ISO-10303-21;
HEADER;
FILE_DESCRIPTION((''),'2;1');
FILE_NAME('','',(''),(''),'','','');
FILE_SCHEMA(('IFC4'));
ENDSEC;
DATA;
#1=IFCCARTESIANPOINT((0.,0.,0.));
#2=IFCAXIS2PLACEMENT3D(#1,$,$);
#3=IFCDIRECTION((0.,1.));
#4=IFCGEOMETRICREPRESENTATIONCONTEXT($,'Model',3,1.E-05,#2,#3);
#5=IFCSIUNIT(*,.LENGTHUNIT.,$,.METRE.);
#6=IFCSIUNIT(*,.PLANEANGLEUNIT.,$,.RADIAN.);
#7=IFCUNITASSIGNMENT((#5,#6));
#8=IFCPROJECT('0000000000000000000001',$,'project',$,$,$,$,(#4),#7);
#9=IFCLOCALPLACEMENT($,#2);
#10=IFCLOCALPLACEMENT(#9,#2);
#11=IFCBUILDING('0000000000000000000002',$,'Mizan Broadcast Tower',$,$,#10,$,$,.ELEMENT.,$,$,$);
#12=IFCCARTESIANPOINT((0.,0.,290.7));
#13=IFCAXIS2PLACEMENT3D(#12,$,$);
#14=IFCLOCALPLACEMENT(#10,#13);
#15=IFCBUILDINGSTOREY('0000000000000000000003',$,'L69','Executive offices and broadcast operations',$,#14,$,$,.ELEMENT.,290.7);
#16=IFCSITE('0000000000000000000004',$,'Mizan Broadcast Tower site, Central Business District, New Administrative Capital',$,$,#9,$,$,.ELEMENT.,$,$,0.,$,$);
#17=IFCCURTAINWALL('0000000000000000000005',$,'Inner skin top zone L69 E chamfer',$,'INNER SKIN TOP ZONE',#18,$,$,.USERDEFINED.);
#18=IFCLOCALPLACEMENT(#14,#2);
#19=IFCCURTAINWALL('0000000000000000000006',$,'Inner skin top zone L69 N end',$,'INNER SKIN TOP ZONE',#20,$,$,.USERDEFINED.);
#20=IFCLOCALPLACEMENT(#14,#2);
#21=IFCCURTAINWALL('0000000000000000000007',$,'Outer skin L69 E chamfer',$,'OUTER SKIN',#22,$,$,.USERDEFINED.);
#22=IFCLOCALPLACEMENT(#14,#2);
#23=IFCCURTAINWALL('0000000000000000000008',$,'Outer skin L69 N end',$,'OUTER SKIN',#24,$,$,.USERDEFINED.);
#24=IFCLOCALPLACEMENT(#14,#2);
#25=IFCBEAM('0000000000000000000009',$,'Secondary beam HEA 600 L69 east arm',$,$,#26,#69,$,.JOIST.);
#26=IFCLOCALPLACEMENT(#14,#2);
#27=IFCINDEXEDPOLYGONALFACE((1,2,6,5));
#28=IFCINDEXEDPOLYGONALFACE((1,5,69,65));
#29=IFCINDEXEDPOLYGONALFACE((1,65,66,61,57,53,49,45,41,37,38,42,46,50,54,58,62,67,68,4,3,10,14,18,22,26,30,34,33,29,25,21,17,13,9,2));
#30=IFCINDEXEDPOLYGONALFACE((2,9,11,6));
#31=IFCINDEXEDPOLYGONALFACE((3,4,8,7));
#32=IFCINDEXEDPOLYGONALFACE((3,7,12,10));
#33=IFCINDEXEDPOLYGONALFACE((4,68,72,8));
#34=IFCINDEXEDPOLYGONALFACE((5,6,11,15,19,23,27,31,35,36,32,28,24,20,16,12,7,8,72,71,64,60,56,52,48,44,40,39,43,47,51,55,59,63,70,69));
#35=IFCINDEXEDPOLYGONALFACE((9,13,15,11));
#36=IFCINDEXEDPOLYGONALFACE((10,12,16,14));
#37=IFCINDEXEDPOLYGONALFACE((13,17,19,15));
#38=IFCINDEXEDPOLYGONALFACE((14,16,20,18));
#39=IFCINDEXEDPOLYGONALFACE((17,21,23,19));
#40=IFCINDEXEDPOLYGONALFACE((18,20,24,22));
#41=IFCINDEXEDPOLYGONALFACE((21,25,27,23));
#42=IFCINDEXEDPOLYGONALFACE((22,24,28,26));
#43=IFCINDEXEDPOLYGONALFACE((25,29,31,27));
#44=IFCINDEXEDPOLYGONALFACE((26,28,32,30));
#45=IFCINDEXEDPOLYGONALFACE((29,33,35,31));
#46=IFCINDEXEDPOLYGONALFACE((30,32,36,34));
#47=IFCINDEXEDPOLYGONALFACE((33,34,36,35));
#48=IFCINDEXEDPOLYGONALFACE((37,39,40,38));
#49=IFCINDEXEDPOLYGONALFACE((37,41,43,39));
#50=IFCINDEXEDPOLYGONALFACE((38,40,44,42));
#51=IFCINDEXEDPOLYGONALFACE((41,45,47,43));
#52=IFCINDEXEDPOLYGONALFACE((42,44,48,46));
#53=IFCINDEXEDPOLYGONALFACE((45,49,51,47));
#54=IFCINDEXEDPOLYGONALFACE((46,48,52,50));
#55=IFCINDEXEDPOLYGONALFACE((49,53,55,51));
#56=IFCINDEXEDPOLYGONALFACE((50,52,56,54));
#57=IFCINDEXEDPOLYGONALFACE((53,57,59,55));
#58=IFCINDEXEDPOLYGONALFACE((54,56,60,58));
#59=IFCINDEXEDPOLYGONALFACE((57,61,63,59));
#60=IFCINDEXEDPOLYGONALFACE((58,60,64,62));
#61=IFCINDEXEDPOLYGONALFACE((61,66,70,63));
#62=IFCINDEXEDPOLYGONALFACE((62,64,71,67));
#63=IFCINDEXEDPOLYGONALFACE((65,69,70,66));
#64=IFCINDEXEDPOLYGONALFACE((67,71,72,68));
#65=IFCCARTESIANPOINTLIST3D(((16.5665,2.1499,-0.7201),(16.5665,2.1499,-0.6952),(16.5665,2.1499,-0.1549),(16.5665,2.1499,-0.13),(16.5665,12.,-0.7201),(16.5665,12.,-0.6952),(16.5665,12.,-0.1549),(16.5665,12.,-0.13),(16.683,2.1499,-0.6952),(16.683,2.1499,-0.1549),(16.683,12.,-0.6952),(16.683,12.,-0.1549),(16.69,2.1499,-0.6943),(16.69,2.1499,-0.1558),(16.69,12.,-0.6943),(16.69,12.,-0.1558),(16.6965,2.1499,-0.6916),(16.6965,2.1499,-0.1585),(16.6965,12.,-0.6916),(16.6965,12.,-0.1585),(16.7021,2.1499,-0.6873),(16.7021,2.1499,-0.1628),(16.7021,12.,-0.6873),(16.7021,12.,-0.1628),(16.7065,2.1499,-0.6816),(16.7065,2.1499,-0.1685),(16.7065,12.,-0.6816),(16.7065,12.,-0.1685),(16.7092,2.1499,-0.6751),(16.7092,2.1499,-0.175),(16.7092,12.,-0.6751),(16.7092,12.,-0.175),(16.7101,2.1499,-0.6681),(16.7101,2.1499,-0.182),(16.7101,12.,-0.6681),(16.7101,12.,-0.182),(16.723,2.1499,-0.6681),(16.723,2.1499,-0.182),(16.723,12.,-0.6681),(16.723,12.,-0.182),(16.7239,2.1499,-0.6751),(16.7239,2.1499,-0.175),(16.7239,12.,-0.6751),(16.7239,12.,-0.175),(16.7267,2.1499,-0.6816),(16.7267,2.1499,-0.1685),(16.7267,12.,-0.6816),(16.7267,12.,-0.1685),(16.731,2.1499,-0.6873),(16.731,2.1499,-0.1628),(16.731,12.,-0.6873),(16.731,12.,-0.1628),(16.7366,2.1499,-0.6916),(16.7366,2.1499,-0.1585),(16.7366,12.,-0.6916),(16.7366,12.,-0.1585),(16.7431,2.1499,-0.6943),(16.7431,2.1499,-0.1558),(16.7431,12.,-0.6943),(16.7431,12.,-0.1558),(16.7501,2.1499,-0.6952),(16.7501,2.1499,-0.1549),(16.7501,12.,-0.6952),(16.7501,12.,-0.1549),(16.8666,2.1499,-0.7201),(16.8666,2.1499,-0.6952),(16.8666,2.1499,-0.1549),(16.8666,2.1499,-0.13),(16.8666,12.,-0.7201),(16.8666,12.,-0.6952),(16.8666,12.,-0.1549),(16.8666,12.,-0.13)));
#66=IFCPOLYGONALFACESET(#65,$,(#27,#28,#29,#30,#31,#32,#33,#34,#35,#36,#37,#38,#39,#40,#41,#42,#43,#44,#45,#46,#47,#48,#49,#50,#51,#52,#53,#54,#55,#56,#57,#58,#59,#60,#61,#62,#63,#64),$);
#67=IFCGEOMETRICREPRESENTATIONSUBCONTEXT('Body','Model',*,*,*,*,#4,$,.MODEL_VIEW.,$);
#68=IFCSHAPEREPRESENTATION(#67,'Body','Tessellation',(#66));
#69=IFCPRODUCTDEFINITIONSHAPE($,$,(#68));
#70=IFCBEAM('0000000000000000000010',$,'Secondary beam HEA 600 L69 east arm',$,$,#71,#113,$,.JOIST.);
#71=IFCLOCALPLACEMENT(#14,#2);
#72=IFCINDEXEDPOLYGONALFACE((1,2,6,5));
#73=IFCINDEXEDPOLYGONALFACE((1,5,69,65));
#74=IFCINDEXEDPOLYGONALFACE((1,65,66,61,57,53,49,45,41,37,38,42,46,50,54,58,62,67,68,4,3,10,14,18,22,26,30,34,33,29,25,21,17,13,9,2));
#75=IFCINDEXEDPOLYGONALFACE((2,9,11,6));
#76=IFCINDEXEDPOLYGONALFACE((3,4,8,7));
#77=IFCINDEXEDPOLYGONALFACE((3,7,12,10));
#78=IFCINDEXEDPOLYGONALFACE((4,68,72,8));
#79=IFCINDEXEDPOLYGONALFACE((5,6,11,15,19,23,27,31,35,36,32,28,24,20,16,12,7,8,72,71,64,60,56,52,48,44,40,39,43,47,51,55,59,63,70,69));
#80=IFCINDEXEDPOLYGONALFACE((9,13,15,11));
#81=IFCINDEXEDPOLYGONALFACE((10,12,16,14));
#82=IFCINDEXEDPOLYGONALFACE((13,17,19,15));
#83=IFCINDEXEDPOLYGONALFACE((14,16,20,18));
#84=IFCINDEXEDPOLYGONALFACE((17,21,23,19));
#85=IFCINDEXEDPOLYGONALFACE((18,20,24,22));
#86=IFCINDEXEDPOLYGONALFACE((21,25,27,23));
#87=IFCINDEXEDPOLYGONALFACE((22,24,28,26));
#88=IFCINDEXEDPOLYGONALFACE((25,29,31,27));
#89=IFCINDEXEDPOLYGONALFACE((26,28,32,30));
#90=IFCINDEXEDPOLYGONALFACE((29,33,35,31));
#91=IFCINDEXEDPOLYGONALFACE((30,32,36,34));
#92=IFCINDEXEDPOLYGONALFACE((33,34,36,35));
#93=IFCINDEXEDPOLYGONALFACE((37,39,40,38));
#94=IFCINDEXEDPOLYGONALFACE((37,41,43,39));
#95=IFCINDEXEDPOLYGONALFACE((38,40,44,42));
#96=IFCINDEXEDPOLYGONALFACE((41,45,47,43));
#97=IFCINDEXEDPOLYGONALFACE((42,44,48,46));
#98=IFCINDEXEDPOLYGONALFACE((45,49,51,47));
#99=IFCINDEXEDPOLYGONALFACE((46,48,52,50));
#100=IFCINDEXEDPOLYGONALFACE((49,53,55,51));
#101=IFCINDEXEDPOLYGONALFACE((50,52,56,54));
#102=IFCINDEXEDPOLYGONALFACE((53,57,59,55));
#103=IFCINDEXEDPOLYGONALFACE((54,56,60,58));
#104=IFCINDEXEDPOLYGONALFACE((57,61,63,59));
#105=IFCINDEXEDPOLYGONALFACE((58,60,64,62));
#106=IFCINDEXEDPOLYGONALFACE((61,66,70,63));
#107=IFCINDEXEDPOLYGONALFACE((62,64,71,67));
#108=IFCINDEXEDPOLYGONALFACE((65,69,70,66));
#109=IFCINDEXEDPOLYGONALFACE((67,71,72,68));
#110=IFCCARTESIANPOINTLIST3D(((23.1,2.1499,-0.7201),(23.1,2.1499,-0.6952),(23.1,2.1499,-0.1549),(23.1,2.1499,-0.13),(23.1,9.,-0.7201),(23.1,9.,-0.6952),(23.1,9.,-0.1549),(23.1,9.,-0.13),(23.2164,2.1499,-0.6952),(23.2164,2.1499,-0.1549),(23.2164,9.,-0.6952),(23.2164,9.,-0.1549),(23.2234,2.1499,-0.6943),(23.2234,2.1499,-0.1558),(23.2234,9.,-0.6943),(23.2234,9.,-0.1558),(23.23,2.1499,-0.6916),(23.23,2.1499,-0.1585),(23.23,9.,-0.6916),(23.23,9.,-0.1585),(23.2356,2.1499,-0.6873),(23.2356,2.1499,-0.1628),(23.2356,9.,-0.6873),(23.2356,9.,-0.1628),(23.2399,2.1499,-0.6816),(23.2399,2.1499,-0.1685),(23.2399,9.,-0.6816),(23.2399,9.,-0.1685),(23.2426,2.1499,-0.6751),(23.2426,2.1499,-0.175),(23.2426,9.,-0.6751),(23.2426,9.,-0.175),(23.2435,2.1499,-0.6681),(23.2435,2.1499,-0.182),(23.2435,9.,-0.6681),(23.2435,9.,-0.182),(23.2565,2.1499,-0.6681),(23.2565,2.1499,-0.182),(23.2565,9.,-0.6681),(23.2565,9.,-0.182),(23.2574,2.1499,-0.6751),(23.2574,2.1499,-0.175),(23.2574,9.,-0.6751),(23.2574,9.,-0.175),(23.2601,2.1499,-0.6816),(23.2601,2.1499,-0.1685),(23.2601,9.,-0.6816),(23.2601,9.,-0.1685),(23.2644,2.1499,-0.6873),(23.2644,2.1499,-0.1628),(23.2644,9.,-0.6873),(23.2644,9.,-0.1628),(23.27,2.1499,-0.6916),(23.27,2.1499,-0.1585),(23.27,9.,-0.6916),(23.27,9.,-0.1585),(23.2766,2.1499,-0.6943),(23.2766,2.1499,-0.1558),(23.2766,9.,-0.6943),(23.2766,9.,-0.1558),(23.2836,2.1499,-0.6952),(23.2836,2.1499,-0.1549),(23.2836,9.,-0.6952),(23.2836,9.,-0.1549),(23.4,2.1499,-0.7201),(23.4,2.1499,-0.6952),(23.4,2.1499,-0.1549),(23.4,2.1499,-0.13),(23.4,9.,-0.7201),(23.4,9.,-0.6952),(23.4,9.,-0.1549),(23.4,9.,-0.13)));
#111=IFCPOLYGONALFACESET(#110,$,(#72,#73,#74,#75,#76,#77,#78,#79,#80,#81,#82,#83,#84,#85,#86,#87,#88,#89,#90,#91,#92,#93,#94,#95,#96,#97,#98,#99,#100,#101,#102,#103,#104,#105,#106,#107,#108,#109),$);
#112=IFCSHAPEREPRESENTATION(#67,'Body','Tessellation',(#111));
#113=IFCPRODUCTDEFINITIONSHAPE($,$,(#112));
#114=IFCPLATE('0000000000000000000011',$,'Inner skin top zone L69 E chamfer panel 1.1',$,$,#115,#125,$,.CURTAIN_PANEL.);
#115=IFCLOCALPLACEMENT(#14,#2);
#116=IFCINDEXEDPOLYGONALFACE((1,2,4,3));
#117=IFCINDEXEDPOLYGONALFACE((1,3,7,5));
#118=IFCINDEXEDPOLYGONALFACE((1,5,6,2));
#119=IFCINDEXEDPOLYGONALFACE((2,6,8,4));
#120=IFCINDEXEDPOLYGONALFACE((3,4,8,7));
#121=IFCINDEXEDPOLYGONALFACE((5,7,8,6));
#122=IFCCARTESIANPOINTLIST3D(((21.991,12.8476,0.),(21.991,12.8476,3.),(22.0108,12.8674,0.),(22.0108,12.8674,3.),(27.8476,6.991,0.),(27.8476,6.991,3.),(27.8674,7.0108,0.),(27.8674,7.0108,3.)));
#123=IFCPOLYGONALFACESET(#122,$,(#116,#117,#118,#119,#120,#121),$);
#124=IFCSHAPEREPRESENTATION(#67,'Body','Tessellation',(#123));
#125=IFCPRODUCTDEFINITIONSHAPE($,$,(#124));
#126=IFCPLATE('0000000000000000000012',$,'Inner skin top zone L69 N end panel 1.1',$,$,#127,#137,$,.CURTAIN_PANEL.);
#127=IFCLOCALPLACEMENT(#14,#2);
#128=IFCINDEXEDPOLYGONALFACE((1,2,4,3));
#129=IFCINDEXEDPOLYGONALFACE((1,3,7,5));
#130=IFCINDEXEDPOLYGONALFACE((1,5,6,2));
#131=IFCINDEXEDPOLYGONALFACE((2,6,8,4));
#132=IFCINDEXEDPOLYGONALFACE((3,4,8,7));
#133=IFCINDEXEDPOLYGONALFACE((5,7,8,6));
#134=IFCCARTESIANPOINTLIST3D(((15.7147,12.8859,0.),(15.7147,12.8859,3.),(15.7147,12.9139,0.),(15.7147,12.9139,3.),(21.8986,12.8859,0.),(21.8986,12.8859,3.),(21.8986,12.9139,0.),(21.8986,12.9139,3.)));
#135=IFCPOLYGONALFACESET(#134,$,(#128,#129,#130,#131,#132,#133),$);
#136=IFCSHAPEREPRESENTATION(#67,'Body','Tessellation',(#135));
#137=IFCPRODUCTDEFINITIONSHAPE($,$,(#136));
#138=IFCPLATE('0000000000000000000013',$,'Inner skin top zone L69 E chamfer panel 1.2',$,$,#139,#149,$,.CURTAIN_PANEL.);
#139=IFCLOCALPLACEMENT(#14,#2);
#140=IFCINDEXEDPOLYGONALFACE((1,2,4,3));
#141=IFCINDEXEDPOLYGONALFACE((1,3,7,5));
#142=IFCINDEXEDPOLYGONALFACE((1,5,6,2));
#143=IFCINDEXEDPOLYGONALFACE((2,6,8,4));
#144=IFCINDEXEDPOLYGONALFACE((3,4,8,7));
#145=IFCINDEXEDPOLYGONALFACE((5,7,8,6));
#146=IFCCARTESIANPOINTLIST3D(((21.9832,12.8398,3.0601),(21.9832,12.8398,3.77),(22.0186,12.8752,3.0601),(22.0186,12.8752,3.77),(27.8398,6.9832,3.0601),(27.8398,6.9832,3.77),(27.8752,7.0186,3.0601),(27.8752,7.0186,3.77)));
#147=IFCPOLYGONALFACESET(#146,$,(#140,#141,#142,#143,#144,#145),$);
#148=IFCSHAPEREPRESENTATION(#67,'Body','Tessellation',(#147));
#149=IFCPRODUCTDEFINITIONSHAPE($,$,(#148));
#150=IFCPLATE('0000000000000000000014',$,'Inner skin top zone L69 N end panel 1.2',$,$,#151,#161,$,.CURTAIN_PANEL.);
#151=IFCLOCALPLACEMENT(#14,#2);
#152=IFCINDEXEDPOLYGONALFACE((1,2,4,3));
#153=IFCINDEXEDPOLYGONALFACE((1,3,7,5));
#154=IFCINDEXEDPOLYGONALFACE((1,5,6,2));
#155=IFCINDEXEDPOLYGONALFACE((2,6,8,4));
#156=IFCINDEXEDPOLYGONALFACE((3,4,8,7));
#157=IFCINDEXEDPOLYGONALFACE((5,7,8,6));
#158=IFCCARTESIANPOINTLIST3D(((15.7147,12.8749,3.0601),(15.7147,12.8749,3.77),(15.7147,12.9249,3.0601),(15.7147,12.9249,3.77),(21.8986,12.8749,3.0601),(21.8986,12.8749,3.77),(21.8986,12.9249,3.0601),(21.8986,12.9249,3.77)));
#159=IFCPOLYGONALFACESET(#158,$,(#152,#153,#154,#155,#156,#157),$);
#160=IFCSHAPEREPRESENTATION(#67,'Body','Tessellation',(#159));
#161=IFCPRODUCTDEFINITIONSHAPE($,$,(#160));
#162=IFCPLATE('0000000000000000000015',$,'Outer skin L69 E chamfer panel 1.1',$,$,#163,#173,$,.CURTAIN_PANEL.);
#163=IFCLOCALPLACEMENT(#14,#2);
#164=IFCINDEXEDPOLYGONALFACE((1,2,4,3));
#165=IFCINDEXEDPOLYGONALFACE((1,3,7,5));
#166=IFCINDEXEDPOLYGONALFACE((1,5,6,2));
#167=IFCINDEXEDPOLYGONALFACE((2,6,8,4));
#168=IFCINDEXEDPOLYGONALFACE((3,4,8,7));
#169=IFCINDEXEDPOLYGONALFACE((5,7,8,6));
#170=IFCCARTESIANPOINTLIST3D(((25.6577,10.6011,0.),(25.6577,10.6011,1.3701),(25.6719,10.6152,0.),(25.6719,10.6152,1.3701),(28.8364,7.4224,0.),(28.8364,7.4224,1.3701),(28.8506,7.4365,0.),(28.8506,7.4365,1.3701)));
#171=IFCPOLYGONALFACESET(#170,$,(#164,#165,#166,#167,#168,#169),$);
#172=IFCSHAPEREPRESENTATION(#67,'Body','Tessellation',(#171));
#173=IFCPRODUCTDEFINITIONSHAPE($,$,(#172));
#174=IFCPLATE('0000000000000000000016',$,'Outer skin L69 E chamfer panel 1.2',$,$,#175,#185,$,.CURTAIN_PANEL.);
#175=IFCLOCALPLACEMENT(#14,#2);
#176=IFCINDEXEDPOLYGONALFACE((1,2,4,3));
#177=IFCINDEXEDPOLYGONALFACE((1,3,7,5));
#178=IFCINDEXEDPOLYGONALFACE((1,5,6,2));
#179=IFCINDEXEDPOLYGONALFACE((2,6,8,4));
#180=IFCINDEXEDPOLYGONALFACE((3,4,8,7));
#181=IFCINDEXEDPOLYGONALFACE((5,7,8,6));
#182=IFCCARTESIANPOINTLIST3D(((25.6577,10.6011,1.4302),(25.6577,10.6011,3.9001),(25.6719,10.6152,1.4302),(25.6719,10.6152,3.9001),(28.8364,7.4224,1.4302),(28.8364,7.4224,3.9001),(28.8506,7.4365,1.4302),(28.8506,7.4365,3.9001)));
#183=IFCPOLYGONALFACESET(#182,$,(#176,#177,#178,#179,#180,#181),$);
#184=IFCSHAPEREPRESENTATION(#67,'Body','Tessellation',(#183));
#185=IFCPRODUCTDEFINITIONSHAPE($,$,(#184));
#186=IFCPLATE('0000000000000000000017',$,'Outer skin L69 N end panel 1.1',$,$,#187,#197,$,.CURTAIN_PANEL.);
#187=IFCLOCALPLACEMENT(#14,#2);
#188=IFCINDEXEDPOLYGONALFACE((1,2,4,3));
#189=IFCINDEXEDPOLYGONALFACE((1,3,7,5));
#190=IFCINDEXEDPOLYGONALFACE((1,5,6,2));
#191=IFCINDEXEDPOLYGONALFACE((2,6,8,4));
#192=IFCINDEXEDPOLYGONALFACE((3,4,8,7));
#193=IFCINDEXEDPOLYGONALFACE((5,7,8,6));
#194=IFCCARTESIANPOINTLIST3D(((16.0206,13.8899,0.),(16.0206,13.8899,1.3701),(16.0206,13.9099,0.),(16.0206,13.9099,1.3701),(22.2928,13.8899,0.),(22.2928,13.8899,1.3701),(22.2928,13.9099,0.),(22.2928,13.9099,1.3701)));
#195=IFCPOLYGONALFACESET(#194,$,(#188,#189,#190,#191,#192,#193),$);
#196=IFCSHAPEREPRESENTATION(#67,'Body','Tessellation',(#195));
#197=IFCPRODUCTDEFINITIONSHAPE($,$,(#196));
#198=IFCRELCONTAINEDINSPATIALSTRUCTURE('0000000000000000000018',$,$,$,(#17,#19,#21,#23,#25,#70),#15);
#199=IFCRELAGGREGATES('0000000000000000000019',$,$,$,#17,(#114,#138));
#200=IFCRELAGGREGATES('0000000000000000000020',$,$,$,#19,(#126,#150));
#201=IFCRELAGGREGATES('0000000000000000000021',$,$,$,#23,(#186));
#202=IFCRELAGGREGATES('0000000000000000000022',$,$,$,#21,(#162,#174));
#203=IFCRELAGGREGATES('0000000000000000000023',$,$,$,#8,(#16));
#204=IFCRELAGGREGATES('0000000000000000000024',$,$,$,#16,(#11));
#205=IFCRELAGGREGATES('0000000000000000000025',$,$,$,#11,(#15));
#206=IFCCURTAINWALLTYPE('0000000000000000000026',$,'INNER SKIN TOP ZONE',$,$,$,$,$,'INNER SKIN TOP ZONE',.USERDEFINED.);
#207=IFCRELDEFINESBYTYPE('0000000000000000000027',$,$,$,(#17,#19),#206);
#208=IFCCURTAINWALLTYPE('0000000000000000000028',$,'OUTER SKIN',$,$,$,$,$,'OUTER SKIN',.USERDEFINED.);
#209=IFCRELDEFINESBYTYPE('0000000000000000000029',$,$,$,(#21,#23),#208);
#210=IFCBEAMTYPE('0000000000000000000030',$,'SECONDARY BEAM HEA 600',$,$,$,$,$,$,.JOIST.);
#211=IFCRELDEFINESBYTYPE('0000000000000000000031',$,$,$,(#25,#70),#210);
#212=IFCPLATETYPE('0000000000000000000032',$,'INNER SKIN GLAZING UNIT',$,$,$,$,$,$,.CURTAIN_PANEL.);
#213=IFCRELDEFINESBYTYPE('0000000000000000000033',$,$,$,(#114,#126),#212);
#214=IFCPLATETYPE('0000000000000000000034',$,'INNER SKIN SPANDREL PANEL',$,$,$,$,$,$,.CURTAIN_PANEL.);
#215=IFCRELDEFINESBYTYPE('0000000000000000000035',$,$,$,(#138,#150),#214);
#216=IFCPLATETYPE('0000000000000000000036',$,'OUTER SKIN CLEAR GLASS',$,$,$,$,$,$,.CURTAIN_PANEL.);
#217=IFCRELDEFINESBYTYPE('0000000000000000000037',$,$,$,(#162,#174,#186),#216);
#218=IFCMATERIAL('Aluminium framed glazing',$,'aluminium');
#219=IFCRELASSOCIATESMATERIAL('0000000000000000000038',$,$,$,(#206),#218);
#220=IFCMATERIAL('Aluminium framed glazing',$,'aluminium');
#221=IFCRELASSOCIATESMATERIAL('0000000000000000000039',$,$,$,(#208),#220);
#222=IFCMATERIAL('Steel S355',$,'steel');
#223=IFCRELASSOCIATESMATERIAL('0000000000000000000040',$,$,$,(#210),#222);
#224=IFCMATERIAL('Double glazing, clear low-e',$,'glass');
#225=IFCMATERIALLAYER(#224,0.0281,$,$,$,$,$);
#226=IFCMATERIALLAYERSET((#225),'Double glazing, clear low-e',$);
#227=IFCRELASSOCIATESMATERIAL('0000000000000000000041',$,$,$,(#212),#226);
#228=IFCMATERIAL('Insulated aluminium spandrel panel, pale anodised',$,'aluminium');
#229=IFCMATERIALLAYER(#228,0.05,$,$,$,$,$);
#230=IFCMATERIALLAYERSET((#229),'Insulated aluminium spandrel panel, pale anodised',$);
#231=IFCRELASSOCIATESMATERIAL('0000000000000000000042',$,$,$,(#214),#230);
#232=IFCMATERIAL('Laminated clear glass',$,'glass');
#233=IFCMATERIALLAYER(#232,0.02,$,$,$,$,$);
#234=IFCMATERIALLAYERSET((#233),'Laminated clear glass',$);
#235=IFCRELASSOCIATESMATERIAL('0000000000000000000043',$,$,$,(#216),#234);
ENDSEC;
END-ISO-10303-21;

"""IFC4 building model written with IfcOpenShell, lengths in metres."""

from ifc_helpers import new_model, si_unit, direction, frame, origin, origin_2d, place, context, subcontext, project, spatial, rectangle, i_section, extrude, material, layer, layer_set, material_profile, profile_set, type_object, element, aggregate, save


model = new_model("IFC4")

# Units and contexts
model_context = context("Model", 3, precision=1e-05, world=origin(), true_north=direction((0.0, 1.0)))
body_context = subcontext(model_context, "Body", "Model", "MODEL_VIEW")
ifc_project = project(units=[si_unit("LENGTHUNIT", "METRE"), si_unit("PLANEANGLEUNIT", "RADIAN")], contexts=[model_context])

# Site, building, storey
site_placement = place(None, origin())
site = spatial("IfcSite", under=ifc_project, at=site_placement, Name="Mizan Broadcast Tower site, Central Business District, New Administrative Capital", CompositionType="ELEMENT", RefElevation=0.0)
building_placement = place(site_placement, origin())
building = spatial("IfcBuilding", under=site, at=building_placement, Name="Mizan Broadcast Tower", CompositionType="ELEMENT")
storey_placement = place(building_placement, frame((0.0, 0.0, 290.7)))
storey = spatial("IfcBuildingStorey", under=building, at=storey_placement, Name="L69", Description="Executive offices and broadcast operations", CompositionType="ELEMENT", Elevation=290.7)

# Curtain wall
ifc_material_1 = material(Name="Aluminium framed glazing", Category="aluminium")
curtain_wall_type_1 = type_object("IfcCurtainWallType", Name="INNER SKIN TOP ZONE", ElementType="INNER SKIN TOP ZONE", PredefinedType="USERDEFINED", material=ifc_material_1)
curtain_wall_1_placement = place(storey_placement, origin())
curtain_wall_1 = element("IfcCurtainWall", 1, at=curtain_wall_1_placement, inside=storey, type_object=curtain_wall_type_1, Name="Inner skin top zone L69 E chamfer", ObjectType="INNER SKIN TOP ZONE", PredefinedType="USERDEFINED")

# Curtain walls
curtain_wall_2_placement = place(storey_placement, origin())
curtain_wall_2 = element("IfcCurtainWall", 2, at=curtain_wall_2_placement, inside=storey, type_object=curtain_wall_type_1, Name="Inner skin top zone L69 N end", ObjectType="INNER SKIN TOP ZONE", PredefinedType="USERDEFINED")
ifc_material_2 = material(Name="Aluminium framed glazing", Category="aluminium")
curtain_wall_type_2 = type_object("IfcCurtainWallType", Name="OUTER SKIN", ElementType="OUTER SKIN", PredefinedType="USERDEFINED", material=ifc_material_2)
curtain_wall_3_placement = place(storey_placement, origin())
curtain_wall_3 = element("IfcCurtainWall", 3, at=curtain_wall_3_placement, inside=storey, type_object=curtain_wall_type_2, Name="Outer skin L69 E chamfer", ObjectType="OUTER SKIN", PredefinedType="USERDEFINED")

# Curtain wall
curtain_wall_4_placement = place(storey_placement, origin())
curtain_wall_4 = element("IfcCurtainWall", 4, at=curtain_wall_4_placement, inside=storey, type_object=curtain_wall_type_2, Name="Outer skin L69 N end", ObjectType="OUTER SKIN", PredefinedType="USERDEFINED")

# Beams
ifc_material_3 = material(Name="Steel S355", Category="steel")
ifc_material_profile_1 = material_profile(ifc_material_3, i_section(OverallWidth=0.3, OverallDepth=0.5901, WebThickness=0.0129, FlangeThickness=0.0249, FilletRadius=0.0271, at=origin_2d()), Name="HEA 600")
ifc_profile_set_1 = profile_set([ifc_material_profile_1], Name="Steel S355")
beam_type_1 = type_object("IfcBeamType", Name="SECONDARY BEAM HEA 600", PredefinedType="JOIST", material=ifc_profile_set_1)
beam_1_placement = place(storey_placement, frame((16.7166, 12.0, -0.425), z_axis=(0.0, -1.0, 0.0), x_axis=(1.0, 0.0, 0.0)))
element("IfcBeam", 5, at=beam_1_placement, inside=storey, type_object=beam_type_1, Name="Secondary beam HEA 600 L69 east arm", PredefinedType="JOIST", context=body_context, shape_type="SweptSolid", body=[
    extrude(i_section(OverallWidth=0.3, OverallDepth=0.5901, WebThickness=0.0129, FlangeThickness=0.0249, FilletRadius=0.0271, at=origin_2d()), origin(), (0.0, 0.0, 1.0), 9.8501),
])
beam_2_placement = place(storey_placement, frame((23.25, 9.0, -0.425), z_axis=(0.0, -1.0, 0.0), x_axis=(1.0, 0.0, 0.0)))
element("IfcBeam", 6, at=beam_2_placement, inside=storey, type_object=beam_type_1, Name="Secondary beam HEA 600 L69 east arm", PredefinedType="JOIST", context=body_context, shape_type="SweptSolid", body=[
    extrude(i_section(OverallWidth=0.3, OverallDepth=0.5901, WebThickness=0.0129, FlangeThickness=0.0249, FilletRadius=0.0271, at=origin_2d()), origin(), (0.0, 0.0, 1.0), 6.8501),
])

# Plates
ifc_material_4 = material(Name="Double glazing, clear low-e", Category="glass")
ifc_layer_1 = layer(ifc_material_4, 0.0281)
ifc_layer_set_1 = layer_set([ifc_layer_1], Name="Double glazing, clear low-e")
plate_type_1 = type_object("IfcPlateType", Name="INNER SKIN GLAZING UNIT", PredefinedType="CURTAIN_PANEL", material=ifc_layer_set_1)
plate_1_placement = place(storey_placement, frame((24.9292, 9.9292, 0.0), z_axis=(0.0, 0.0, 1.0), x_axis=(-0.707107, 0.707107, 0.0)))
plate_1 = element("IfcPlate", 7, at=plate_1_placement, type_object=plate_type_1, Name="Inner skin top zone L69 E chamfer panel 1.1", PredefinedType="CURTAIN_PANEL", context=body_context, shape_type="SweptSolid", body=[
    extrude(rectangle(XDim=8.2825, YDim=0.0281, at=origin_2d()), origin(), (0.0, 0.0, 1.0), 3.0),
])
plate_2_placement = place(storey_placement, frame((18.8066, 12.8999, 0.0), z_axis=(0.0, 0.0, 1.0), x_axis=(-1.0, 0.0, 0.0)))
plate_2 = element("IfcPlate", 8, at=plate_2_placement, type_object=plate_type_1, Name="Inner skin top zone L69 N end panel 1.1", PredefinedType="CURTAIN_PANEL", context=body_context, shape_type="SweptSolid", body=[
    extrude(rectangle(XDim=6.1838, YDim=0.0281, at=origin_2d()), origin(), (0.0, 0.0, 1.0), 3.0),
])
ifc_material_5 = material(Name="Insulated aluminium spandrel panel, pale anodised", Category="aluminium")
ifc_layer_2 = layer(ifc_material_5, 0.05)
ifc_layer_set_2 = layer_set([ifc_layer_2], Name="Insulated aluminium spandrel panel, pale anodised")
plate_type_2 = type_object("IfcPlateType", Name="INNER SKIN SPANDREL PANEL", PredefinedType="CURTAIN_PANEL", material=ifc_layer_set_2)
plate_3_placement = place(storey_placement, frame((24.9292, 9.9292, 3.0601), z_axis=(0.0, 0.0, 1.0), x_axis=(-0.707107, 0.707107, 0.0)))
plate_3 = element("IfcPlate", 9, at=plate_3_placement, type_object=plate_type_2, Name="Inner skin top zone L69 E chamfer panel 1.2", PredefinedType="CURTAIN_PANEL", context=body_context, shape_type="SweptSolid", body=[
    extrude(rectangle(XDim=8.2825, YDim=0.05, at=origin_2d()), origin(), (0.0, 0.0, 1.0), 0.71),
])
aggregate(curtain_wall_1, [plate_1, plate_3])
plate_4_placement = place(storey_placement, frame((18.8066, 12.8999, 3.0601), z_axis=(0.0, 0.0, 1.0), x_axis=(-1.0, 0.0, 0.0)))
plate_4 = element("IfcPlate", 10, at=plate_4_placement, type_object=plate_type_2, Name="Inner skin top zone L69 N end panel 1.2", PredefinedType="CURTAIN_PANEL", context=body_context, shape_type="SweptSolid", body=[
    extrude(rectangle(XDim=6.1838, YDim=0.05, at=origin_2d()), origin(), (0.0, 0.0, 1.0), 0.71),
])
aggregate(curtain_wall_2, [plate_2, plate_4])
ifc_material_6 = material(Name="Laminated clear glass", Category="glass")
ifc_layer_3 = layer(ifc_material_6, 0.02)
ifc_layer_set_3 = layer_set([ifc_layer_3], Name="Laminated clear glass")
plate_type_3 = type_object("IfcPlateType", Name="OUTER SKIN CLEAR GLASS", PredefinedType="CURTAIN_PANEL", material=ifc_layer_set_3)
plate_5_placement = place(storey_placement, frame((27.2542, 9.0188, 0.0), z_axis=(0.0, 0.0, 1.0), x_axis=(-0.707107, 0.707107, 0.0)))
plate_5 = element("IfcPlate", 11, at=plate_5_placement, type_object=plate_type_3, Name="Outer skin L69 E chamfer panel 1.1", PredefinedType="CURTAIN_PANEL", context=body_context, shape_type="SweptSolid", body=[
    extrude(rectangle(XDim=4.4954, YDim=0.02, at=origin_2d()), origin(), (0.0, 0.0, 1.0), 1.3701),
])
plate_6_placement = place(storey_placement, frame((27.2542, 9.0188, 1.4302), z_axis=(0.0, 0.0, 1.0), x_axis=(-0.707107, 0.707107, 0.0)))
plate_6 = element("IfcPlate", 12, at=plate_6_placement, type_object=plate_type_3, Name="Outer skin L69 E chamfer panel 1.2", PredefinedType="CURTAIN_PANEL", context=body_context, shape_type="SweptSolid", body=[
    extrude(rectangle(XDim=4.4954, YDim=0.02, at=origin_2d()), origin(), (0.0, 0.0, 1.0), 2.47),
])
plate_7_placement = place(storey_placement, frame((19.1567, 13.8999, 0.0), z_axis=(0.0, 0.0, 1.0), x_axis=(-1.0, 0.0, 0.0)))
plate_7 = element("IfcPlate", 13, at=plate_7_placement, type_object=plate_type_3, Name="Outer skin L69 N end panel 1.1", PredefinedType="CURTAIN_PANEL", context=body_context, shape_type="SweptSolid", body=[
    extrude(rectangle(XDim=6.2722, YDim=0.02, at=origin_2d()), origin(), (0.0, 0.0, 1.0), 1.3701),
])
aggregate(curtain_wall_4, [plate_7])
aggregate(curtain_wall_3, [plate_5, plate_6])

save(model, "model.ifc")
